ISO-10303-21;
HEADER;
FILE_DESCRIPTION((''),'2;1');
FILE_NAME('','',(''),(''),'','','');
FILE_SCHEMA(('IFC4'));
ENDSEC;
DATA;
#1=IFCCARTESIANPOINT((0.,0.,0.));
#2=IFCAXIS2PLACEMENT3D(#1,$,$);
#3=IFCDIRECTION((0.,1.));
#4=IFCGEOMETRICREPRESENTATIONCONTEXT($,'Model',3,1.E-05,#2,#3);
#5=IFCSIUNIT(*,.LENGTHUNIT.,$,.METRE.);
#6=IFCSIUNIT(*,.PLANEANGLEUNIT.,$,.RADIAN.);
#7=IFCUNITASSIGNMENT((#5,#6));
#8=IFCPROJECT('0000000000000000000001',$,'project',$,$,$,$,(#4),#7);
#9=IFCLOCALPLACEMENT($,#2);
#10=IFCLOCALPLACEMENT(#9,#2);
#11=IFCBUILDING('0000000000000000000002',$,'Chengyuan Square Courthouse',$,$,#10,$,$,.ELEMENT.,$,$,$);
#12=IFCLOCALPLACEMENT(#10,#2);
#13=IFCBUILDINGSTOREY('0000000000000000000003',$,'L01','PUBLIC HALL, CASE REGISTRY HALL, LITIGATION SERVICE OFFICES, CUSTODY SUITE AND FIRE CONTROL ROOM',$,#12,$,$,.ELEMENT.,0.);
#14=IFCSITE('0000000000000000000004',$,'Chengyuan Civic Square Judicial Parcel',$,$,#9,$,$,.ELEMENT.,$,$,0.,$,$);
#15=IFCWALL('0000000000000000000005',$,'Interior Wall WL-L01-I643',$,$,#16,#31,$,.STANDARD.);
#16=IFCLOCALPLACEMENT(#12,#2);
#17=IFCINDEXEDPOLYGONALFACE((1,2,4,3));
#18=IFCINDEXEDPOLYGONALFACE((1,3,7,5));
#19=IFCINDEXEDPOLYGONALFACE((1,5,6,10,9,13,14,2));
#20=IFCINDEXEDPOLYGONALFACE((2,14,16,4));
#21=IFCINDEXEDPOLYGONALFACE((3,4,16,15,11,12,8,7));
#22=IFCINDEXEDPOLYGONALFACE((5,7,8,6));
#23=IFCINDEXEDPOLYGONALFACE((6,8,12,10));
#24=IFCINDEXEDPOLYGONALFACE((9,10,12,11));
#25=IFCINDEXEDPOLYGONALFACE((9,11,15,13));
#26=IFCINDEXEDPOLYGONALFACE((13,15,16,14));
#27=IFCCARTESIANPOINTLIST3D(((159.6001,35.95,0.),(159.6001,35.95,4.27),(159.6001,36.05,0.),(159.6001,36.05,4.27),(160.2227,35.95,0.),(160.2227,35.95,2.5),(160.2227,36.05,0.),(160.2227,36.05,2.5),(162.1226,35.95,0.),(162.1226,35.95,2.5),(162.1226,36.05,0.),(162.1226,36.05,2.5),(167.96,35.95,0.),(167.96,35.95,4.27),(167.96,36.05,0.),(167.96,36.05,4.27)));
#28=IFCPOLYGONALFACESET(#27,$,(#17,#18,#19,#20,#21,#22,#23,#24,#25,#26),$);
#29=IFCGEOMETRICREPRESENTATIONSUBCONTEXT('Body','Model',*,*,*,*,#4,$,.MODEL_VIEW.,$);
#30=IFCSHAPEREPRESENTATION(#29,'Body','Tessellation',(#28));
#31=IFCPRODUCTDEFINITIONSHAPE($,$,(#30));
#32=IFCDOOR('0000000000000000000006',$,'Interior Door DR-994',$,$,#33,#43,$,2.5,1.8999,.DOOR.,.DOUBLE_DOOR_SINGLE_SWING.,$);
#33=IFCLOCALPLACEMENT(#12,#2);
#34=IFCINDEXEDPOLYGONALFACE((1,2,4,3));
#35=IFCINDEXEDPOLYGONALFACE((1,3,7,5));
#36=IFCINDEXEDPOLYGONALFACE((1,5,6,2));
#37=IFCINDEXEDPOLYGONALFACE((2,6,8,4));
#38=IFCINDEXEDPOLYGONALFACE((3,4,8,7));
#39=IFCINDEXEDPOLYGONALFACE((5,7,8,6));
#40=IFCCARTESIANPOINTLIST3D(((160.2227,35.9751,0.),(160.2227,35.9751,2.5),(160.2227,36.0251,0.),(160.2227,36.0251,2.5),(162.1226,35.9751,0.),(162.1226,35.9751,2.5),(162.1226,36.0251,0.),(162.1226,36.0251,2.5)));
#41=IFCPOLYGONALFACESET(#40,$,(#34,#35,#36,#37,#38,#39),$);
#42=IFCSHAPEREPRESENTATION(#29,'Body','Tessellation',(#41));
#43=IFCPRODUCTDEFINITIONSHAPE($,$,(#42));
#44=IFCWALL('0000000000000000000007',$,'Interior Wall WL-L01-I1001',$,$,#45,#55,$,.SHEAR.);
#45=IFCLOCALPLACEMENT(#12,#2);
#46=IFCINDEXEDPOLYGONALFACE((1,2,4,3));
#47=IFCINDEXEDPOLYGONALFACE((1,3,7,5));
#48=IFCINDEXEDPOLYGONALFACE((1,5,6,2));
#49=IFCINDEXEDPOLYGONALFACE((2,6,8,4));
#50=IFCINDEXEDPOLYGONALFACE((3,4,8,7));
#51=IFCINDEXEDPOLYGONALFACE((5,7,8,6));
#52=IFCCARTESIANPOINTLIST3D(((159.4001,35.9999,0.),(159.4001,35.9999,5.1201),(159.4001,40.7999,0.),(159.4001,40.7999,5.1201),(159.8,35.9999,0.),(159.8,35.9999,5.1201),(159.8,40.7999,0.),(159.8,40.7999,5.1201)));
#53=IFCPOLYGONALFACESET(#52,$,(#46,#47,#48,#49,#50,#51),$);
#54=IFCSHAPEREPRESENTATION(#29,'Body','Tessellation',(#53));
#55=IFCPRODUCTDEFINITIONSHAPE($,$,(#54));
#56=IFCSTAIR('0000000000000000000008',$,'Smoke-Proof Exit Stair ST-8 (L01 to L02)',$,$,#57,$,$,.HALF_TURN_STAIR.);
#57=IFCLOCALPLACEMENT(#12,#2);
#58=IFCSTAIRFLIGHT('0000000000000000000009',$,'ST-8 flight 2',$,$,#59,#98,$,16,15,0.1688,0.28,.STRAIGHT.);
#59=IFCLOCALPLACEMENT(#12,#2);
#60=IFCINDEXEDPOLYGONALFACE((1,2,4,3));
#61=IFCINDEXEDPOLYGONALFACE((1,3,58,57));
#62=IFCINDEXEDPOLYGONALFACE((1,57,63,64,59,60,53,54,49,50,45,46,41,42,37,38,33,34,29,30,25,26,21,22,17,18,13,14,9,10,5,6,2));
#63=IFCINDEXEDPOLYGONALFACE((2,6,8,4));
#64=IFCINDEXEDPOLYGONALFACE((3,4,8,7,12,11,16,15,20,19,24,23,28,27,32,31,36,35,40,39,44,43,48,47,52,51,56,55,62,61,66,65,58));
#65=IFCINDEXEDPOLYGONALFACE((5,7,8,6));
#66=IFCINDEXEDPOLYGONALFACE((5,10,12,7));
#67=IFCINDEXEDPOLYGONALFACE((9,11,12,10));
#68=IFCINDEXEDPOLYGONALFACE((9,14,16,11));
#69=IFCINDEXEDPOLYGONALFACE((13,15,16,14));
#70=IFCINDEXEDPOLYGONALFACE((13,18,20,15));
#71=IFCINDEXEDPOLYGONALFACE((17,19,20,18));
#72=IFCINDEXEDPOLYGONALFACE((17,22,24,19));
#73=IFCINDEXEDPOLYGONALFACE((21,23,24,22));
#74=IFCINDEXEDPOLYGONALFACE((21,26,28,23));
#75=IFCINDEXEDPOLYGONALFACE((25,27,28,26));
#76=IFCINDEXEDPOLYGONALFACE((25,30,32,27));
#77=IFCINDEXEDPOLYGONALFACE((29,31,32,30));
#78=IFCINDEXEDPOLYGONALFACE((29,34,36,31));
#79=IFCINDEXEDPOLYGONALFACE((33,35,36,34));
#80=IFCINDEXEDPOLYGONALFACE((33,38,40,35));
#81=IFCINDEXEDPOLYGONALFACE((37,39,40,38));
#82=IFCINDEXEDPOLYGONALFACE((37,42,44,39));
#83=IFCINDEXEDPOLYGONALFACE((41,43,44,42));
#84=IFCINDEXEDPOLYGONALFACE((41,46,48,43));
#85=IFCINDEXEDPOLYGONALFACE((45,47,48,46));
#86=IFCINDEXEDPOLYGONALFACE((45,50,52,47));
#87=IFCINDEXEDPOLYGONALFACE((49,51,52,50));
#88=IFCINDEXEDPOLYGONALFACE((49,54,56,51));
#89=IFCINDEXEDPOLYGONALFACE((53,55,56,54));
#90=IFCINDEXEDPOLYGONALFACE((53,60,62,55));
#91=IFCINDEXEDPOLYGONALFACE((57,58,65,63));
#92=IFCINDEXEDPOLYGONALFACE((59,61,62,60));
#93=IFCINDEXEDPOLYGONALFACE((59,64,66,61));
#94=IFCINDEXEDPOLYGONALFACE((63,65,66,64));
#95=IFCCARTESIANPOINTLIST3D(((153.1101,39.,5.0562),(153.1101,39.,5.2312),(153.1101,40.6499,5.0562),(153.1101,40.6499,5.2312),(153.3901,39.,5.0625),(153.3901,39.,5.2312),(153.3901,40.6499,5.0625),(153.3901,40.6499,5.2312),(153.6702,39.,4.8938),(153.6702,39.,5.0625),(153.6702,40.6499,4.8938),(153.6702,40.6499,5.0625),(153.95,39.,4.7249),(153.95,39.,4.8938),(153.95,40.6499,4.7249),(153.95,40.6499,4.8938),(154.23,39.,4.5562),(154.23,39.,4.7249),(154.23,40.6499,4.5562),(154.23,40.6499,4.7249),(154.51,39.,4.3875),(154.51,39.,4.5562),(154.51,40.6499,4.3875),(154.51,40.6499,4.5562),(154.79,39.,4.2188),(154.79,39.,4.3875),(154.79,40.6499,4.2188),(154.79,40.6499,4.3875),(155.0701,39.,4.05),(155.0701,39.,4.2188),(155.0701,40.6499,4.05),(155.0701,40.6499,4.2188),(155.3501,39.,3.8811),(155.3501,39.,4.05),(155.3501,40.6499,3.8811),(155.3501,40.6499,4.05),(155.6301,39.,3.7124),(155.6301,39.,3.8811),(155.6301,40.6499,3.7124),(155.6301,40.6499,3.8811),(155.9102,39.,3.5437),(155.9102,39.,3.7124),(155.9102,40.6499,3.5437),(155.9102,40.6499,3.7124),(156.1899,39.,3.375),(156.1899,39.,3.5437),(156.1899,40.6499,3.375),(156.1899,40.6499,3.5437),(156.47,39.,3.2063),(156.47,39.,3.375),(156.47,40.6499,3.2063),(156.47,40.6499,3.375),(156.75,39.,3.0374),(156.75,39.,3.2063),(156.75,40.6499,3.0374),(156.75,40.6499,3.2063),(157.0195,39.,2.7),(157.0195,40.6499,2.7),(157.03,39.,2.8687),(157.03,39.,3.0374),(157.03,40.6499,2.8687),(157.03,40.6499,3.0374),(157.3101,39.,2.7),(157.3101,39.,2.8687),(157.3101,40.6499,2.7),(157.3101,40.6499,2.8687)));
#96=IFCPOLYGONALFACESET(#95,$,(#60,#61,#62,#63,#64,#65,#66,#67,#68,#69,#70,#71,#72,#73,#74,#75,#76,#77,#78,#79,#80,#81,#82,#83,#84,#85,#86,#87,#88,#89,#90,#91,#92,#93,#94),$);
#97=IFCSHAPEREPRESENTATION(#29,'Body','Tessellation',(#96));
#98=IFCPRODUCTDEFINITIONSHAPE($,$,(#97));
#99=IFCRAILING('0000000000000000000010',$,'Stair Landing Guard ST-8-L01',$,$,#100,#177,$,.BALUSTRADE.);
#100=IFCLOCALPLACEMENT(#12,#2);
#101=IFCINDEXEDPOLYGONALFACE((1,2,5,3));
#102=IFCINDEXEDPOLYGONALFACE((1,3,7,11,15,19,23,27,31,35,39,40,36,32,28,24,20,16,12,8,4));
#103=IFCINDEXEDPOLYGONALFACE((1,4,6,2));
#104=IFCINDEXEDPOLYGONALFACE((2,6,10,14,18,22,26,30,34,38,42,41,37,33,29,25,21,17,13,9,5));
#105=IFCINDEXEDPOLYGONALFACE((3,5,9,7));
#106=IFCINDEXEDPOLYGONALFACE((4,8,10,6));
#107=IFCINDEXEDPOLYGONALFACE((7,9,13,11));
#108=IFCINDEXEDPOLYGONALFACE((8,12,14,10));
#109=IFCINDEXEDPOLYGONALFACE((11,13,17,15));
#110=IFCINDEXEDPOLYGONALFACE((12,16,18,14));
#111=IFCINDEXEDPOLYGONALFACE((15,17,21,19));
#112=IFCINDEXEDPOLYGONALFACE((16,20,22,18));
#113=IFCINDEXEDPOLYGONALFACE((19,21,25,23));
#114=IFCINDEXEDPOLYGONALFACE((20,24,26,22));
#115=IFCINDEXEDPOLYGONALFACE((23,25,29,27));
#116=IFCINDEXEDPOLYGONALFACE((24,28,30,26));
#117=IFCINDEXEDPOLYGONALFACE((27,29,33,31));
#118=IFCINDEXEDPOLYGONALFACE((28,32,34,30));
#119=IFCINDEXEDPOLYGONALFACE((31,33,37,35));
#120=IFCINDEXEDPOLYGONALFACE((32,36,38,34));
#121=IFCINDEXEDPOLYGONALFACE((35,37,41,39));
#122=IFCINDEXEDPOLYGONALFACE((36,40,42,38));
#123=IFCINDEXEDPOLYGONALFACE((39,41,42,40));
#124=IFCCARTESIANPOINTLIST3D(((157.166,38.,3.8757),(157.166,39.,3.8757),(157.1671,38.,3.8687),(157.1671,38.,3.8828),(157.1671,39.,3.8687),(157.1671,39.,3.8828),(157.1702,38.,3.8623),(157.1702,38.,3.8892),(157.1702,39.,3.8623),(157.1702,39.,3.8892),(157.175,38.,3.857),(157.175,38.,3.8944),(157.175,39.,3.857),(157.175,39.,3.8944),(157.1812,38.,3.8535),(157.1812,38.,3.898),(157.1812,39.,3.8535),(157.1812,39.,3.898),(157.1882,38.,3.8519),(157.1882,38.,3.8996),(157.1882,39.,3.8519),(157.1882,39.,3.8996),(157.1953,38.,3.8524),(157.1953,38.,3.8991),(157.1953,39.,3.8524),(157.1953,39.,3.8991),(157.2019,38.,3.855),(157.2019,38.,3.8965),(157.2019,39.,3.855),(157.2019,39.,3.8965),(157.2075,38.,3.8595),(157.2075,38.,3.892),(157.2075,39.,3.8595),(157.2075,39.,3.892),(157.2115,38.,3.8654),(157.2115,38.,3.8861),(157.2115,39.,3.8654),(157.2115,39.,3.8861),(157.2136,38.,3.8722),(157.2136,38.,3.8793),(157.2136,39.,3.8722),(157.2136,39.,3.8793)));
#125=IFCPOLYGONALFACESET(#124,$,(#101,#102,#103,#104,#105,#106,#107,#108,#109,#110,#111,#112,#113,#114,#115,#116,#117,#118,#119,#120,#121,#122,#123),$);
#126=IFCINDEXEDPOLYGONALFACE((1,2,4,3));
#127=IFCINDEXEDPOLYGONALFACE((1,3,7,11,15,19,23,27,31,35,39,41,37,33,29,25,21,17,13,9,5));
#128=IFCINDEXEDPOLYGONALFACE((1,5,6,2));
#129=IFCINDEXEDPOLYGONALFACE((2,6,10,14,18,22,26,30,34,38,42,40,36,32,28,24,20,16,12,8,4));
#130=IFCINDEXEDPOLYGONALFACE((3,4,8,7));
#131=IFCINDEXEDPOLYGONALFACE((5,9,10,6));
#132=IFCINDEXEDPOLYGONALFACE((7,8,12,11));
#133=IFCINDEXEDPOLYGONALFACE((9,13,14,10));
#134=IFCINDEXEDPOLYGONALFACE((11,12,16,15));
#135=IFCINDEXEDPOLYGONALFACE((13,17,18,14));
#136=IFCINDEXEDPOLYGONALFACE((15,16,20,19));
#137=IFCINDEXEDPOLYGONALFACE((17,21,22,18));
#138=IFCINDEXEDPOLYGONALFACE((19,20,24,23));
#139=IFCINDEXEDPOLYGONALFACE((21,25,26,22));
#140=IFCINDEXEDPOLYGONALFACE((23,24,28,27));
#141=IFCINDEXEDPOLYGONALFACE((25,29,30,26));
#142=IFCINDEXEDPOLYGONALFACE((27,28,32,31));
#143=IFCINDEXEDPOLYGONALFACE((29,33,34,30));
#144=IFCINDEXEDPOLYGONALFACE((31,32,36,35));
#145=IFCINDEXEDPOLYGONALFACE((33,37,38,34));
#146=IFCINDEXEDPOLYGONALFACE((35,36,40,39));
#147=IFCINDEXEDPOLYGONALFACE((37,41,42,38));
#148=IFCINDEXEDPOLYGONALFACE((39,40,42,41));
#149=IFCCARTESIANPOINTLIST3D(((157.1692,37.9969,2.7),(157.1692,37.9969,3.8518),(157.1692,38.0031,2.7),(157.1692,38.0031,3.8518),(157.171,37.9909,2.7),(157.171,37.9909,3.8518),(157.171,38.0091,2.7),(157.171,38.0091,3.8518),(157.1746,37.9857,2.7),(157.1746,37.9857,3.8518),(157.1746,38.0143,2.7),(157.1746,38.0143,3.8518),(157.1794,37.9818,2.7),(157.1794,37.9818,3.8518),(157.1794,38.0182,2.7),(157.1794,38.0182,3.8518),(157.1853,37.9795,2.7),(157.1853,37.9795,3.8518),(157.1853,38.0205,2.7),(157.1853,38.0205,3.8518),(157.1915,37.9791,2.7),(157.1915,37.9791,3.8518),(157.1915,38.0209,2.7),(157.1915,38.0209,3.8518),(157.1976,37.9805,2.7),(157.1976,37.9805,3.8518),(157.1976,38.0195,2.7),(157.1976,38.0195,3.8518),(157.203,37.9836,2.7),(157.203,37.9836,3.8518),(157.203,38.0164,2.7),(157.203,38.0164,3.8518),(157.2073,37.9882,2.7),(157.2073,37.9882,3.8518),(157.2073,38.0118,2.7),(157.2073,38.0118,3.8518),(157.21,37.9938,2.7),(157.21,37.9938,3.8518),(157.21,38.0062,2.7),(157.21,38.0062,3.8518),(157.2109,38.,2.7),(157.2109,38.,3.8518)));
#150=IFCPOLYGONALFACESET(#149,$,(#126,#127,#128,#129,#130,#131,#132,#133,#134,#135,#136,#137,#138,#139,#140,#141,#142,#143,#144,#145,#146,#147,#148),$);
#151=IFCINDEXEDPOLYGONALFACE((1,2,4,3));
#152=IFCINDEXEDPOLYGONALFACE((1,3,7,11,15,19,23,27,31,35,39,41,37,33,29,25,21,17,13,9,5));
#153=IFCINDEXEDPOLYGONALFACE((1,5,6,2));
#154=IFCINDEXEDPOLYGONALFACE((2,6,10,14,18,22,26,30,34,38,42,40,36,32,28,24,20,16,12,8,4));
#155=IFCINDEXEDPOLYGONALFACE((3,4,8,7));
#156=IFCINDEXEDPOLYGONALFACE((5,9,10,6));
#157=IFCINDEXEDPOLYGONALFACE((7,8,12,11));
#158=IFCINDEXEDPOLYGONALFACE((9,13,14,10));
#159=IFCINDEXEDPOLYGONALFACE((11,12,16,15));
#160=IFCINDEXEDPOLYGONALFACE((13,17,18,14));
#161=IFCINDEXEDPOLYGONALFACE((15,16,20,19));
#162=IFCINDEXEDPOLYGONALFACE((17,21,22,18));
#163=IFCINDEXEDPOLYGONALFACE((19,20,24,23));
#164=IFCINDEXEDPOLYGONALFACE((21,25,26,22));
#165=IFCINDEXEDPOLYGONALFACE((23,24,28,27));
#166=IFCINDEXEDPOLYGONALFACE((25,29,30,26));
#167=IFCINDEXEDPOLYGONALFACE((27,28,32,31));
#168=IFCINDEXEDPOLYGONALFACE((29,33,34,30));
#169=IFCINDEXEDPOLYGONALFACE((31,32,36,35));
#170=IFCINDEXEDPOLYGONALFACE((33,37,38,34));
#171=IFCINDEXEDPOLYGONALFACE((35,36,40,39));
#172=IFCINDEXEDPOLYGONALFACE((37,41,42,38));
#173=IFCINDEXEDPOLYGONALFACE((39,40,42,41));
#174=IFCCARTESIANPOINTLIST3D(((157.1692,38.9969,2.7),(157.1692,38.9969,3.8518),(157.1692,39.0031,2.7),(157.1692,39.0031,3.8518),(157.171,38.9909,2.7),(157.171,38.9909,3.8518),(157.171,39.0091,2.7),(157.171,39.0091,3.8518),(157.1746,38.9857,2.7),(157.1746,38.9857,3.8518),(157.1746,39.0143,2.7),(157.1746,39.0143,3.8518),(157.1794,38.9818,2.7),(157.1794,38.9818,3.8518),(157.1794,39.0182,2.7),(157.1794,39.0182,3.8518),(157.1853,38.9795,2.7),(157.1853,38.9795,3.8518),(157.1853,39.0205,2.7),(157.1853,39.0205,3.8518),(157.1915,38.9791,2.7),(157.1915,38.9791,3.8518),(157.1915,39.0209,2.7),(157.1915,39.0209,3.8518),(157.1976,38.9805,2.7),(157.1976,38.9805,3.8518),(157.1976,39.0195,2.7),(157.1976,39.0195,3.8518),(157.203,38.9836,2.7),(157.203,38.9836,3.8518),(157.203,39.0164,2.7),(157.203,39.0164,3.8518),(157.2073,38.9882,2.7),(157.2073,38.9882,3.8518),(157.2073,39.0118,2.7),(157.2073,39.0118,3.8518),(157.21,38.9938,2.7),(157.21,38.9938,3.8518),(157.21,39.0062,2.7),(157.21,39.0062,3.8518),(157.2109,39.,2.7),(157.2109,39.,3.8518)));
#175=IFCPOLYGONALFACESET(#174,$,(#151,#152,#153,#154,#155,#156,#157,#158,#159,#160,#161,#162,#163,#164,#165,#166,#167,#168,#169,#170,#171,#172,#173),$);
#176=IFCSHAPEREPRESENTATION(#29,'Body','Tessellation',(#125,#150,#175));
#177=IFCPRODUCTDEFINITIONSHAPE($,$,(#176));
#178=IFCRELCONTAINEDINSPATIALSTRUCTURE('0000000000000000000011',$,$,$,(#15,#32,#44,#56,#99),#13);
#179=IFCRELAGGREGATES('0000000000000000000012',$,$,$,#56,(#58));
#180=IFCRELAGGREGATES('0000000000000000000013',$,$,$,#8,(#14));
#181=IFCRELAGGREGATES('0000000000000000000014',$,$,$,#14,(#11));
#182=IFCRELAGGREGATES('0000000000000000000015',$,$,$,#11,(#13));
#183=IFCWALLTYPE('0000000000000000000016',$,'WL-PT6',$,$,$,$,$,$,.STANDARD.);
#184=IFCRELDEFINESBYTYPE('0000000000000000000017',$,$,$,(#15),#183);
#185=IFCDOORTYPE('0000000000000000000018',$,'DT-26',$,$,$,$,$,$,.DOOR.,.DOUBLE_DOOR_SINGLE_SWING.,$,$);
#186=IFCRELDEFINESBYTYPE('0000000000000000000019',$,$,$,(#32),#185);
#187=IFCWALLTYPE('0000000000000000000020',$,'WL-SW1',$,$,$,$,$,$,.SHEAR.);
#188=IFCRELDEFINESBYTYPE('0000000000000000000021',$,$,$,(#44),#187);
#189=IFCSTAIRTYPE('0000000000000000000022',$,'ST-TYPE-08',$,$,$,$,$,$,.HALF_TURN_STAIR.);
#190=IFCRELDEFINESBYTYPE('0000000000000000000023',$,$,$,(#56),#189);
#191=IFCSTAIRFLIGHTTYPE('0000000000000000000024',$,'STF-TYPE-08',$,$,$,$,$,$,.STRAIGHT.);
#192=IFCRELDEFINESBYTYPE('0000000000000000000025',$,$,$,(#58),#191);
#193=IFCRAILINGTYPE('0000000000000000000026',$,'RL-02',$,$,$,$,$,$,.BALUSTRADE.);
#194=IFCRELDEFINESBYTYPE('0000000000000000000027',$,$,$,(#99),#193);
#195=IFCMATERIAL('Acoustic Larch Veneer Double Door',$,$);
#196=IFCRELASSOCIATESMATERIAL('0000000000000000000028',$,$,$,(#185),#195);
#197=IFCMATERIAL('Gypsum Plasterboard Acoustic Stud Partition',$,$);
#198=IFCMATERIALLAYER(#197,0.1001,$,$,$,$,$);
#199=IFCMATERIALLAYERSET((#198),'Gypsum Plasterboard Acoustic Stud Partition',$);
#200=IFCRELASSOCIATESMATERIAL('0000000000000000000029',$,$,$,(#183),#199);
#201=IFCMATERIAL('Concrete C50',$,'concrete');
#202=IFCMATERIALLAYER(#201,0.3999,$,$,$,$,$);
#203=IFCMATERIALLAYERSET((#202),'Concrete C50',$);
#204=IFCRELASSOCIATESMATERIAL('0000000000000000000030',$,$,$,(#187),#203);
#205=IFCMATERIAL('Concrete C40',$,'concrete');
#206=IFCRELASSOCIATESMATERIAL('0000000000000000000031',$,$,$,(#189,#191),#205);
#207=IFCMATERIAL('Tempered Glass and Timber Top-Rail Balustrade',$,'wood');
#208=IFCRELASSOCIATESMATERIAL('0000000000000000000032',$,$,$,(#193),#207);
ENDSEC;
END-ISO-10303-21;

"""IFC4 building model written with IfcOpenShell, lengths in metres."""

from ifc_helpers import new_model, si_unit, direction, frame, frame_2d, origin, origin_2d, place, context, subcontext, project, spatial, polyline, rectangle, circle, outline, extrude, material, layer, layer_set, type_object, element, fill, aggregate, save


model = new_model("IFC4")

# Units and contexts
model_context = context("Model", 3, precision=1e-05, world=origin(), true_north=direction((0.0, 1.0)))
body_context = subcontext(model_context, "Body", "Model", "MODEL_VIEW")
ifc_project = project(units=[si_unit("LENGTHUNIT", "METRE"), si_unit("PLANEANGLEUNIT", "RADIAN")], contexts=[model_context])

# Site, building, storey
site_placement = place(None, origin())
site = spatial("IfcSite", under=ifc_project, at=site_placement, Name="Chengyuan Civic Square Judicial Parcel", CompositionType="ELEMENT", RefElevation=0.0)
building_placement = place(site_placement, origin())
building = spatial("IfcBuilding", under=site, at=building_placement, Name="Chengyuan Square Courthouse", CompositionType="ELEMENT")
storey_placement = place(building_placement, origin())
storey = spatial("IfcBuildingStorey", under=building, at=storey_placement, Name="L01", Description="PUBLIC HALL, CASE REGISTRY HALL, LITIGATION SERVICE OFFICES, CUSTODY SUITE AND FIRE CONTROL ROOM", CompositionType="ELEMENT", Elevation=0.0)

# Shared definitions
ifc_material_1 = material(Name="Concrete C50", Category="concrete")

# Shared definitions
ifc_material_2 = material(Name="Concrete C40", Category="concrete")

# Shared definitions
ifc_material_3 = material(Name="Acoustic Larch Veneer Double Door")
door_type_1 = type_object("IfcDoorType", Name="DT-26", OperationType="DOUBLE_DOOR_SINGLE_SWING", PredefinedType="DOOR", material=ifc_material_3)

# Wall, opening, door
ifc_material_4 = material(Name="Gypsum Plasterboard Acoustic Stud Partition")
ifc_layer_1 = layer(ifc_material_4, 0.1001)
ifc_layer_set_1 = layer_set([ifc_layer_1], Name="Gypsum Plasterboard Acoustic Stud Partition")
wall_type_1 = type_object("IfcWallType", Name="WL-PT6", PredefinedType="STANDARD", material=ifc_layer_set_1)
wall_1_placement = place(storey_placement, frame((159.6001, 36.0, 0.0), z_axis=(0.0, 0.0, 1.0), x_axis=(1.0, 0.0, 0.0)))
wall_1 = element("IfcWall", 1, at=wall_1_placement, inside=storey, type_object=wall_type_1, Name="Interior Wall WL-L01-I643", PredefinedType="STANDARD", context=body_context, shape_type="SweptSolid", body=[
    extrude(rectangle(XDim=8.3599, YDim=0.1001, at=frame_2d((4.1799, 0.0))), origin(), (0.0, 0.0, 1.0), 4.27),
])
opening_1_placement = place(wall_1_placement, frame((0.6226, 0.0, 0.0)))
opening_1 = element("IfcOpeningElement", 2, at=opening_1_placement, cuts=wall_1, PredefinedType="OPENING", context=body_context, shape_type="SweptSolid", body=[
    extrude(rectangle(XDim=1.8999, YDim=2.5, at=frame_2d((0.95, 1.25))), frame((0.0, 0.062, 0.0), z_axis=(0.0, -1.0, 0.0), x_axis=(1.0, 0.0, 0.0)), (0.0, 0.0, 1.0), 0.124),
])
door_1_placement = place(opening_1_placement, frame((1.8999, 0.0, 0.0), z_axis=(0.0, 0.0, 1.0), x_axis=(-1.0, 0.0, 0.0)))
door_1 = element("IfcDoor", 3, at=door_1_placement, inside=storey, type_object=door_type_1, Name="Interior Door DR-994", OperationType="DOUBLE_DOOR_SINGLE_SWING", OverallHeight=2.5, OverallWidth=1.8999, PredefinedType="DOOR", context=body_context, shape_type="SweptSolid", body=[
    extrude(rectangle(XDim=1.8999, YDim=2.5, at=frame_2d((0.95, 1.25))), frame((0.0, 0.0249, 0.0), z_axis=(0.0, -1.0, 0.0), x_axis=(1.0, 0.0, 0.0)), (0.0, 0.0, 1.0), 0.05),
])
fill(opening_1, door_1)

# Wall
ifc_layer_2 = layer(ifc_material_1, 0.3999)
ifc_layer_set_2 = layer_set([ifc_layer_2], Name="Concrete C50")
wall_type_2 = type_object("IfcWallType", Name="WL-SW1", PredefinedType="SHEAR", material=ifc_layer_set_2)
wall_2_placement = place(storey_placement, frame((159.6001, 36.0, 0.0), z_axis=(0.0, 0.0, 1.0), x_axis=(0.0, 1.0, 0.0)))
element("IfcWall", 4, at=wall_2_placement, inside=storey, type_object=wall_type_2, Name="Interior Wall WL-L01-I1001", PredefinedType="SHEAR", context=body_context, shape_type="SweptSolid", body=[
    extrude(rectangle(XDim=4.8, YDim=0.3999, at=frame_2d((2.3999, 0.0))), origin(), (0.0, 0.0, 1.0), 5.1201),
])

# Stair, stair flight
stair_type = type_object("IfcStairType", Name="ST-TYPE-08", PredefinedType="HALF_TURN_STAIR", material=ifc_material_2)
stair_placement = place(storey_placement, origin())
stair = element("IfcStair", 5, at=stair_placement, inside=storey, type_object=stair_type, Name="Smoke-Proof Exit Stair ST-8 (L01 to L02)", PredefinedType="HALF_TURN_STAIR")
stair_flight_type = type_object("IfcStairFlightType", Name="STF-TYPE-08", PredefinedType="STRAIGHT", material=ifc_material_2)
stair_flight_placement = place(storey_placement, frame((157.3101, 39.825, 2.7), z_axis=(0.0, 0.0, 1.0), x_axis=(-1.0, 0.0, 0.0)))
stair_flight = element("IfcStairFlight", 6, at=stair_flight_placement, type_object=stair_flight_type, Name="ST-8 flight 2", NumberOfRisers=16, NumberOfTreads=15, PredefinedType="STRAIGHT", RiserHeight=0.1688, TreadLength=0.28, context=body_context, shape_type="SweptSolid", body=[
    extrude(outline(polyline([(0.0, 0.0), (0.0, 0.1687), (0.28, 0.1687), (0.28, 0.3374), (0.5601, 0.3374), (0.5601, 0.5063), (0.8401, 0.5063), (0.8401, 0.675), (1.1201, 0.675), (1.1201, 0.8438), (1.3999, 0.8438), (1.3999, 1.0125), (1.6799, 1.0125), (1.6799, 1.1812), (1.96, 1.1812), (1.96, 1.3501), (2.24, 1.3501), (2.24, 1.5188), (2.52, 1.5188), (2.52, 1.6875), (2.8, 1.6875), (2.8, 1.8562), (3.0801, 1.8562), (3.0801, 2.0249), (3.3601, 2.0249), (3.3601, 2.1938), (3.6399, 2.1938), (3.6399, 2.3625), (3.9199, 2.3625), (3.9199, 2.5312), (4.2, 2.5312), (4.2, 2.7), (4.2, 2.3562), (0.2905, 0.0), (0.0, 0.0)])), frame((0.0, 0.825, 0.0), z_axis=(0.0, -1.0, 0.0), x_axis=(1.0, 0.0, 0.0)), (0.0, 0.0, 1.0), 1.6499),
])
aggregate(stair, [stair_flight])

# Railing
ifc_material_5 = material(Name="Tempered Glass and Timber Top-Rail Balustrade", Category="wood")
railing_type_1 = type_object("IfcRailingType", Name="RL-02", PredefinedType="BALUSTRADE", material=ifc_material_5)
railing_1_placement = place(storey_placement, frame((157.1899, 38.0, 2.7)))
element("IfcRailing", 7, at=railing_1_placement, inside=storey, type_object=railing_type_1, Name="Stair Landing Guard ST-8-L01", PredefinedType="BALUSTRADE", context=body_context, shape_type="SweptSolid", body=[
    extrude(circle(Radius=0.0239, at=origin_2d()), frame((0.0, 0.0, 1.1758), z_axis=(0.0, 1.0, 0.0), x_axis=(-1.0, 0.0, 0.0)), (0.0, 0.0, 1.0), 1.0),
    extrude(circle(Radius=0.021, at=origin_2d()), origin(), (0.0, 0.0, 1.0), 1.1519),
    extrude(circle(Radius=0.021, at=origin_2d()), frame((0.0, 1.0, 0.0)), (0.0, 0.0, 1.0), 1.1519),
])

save(model, "model.ifc")
